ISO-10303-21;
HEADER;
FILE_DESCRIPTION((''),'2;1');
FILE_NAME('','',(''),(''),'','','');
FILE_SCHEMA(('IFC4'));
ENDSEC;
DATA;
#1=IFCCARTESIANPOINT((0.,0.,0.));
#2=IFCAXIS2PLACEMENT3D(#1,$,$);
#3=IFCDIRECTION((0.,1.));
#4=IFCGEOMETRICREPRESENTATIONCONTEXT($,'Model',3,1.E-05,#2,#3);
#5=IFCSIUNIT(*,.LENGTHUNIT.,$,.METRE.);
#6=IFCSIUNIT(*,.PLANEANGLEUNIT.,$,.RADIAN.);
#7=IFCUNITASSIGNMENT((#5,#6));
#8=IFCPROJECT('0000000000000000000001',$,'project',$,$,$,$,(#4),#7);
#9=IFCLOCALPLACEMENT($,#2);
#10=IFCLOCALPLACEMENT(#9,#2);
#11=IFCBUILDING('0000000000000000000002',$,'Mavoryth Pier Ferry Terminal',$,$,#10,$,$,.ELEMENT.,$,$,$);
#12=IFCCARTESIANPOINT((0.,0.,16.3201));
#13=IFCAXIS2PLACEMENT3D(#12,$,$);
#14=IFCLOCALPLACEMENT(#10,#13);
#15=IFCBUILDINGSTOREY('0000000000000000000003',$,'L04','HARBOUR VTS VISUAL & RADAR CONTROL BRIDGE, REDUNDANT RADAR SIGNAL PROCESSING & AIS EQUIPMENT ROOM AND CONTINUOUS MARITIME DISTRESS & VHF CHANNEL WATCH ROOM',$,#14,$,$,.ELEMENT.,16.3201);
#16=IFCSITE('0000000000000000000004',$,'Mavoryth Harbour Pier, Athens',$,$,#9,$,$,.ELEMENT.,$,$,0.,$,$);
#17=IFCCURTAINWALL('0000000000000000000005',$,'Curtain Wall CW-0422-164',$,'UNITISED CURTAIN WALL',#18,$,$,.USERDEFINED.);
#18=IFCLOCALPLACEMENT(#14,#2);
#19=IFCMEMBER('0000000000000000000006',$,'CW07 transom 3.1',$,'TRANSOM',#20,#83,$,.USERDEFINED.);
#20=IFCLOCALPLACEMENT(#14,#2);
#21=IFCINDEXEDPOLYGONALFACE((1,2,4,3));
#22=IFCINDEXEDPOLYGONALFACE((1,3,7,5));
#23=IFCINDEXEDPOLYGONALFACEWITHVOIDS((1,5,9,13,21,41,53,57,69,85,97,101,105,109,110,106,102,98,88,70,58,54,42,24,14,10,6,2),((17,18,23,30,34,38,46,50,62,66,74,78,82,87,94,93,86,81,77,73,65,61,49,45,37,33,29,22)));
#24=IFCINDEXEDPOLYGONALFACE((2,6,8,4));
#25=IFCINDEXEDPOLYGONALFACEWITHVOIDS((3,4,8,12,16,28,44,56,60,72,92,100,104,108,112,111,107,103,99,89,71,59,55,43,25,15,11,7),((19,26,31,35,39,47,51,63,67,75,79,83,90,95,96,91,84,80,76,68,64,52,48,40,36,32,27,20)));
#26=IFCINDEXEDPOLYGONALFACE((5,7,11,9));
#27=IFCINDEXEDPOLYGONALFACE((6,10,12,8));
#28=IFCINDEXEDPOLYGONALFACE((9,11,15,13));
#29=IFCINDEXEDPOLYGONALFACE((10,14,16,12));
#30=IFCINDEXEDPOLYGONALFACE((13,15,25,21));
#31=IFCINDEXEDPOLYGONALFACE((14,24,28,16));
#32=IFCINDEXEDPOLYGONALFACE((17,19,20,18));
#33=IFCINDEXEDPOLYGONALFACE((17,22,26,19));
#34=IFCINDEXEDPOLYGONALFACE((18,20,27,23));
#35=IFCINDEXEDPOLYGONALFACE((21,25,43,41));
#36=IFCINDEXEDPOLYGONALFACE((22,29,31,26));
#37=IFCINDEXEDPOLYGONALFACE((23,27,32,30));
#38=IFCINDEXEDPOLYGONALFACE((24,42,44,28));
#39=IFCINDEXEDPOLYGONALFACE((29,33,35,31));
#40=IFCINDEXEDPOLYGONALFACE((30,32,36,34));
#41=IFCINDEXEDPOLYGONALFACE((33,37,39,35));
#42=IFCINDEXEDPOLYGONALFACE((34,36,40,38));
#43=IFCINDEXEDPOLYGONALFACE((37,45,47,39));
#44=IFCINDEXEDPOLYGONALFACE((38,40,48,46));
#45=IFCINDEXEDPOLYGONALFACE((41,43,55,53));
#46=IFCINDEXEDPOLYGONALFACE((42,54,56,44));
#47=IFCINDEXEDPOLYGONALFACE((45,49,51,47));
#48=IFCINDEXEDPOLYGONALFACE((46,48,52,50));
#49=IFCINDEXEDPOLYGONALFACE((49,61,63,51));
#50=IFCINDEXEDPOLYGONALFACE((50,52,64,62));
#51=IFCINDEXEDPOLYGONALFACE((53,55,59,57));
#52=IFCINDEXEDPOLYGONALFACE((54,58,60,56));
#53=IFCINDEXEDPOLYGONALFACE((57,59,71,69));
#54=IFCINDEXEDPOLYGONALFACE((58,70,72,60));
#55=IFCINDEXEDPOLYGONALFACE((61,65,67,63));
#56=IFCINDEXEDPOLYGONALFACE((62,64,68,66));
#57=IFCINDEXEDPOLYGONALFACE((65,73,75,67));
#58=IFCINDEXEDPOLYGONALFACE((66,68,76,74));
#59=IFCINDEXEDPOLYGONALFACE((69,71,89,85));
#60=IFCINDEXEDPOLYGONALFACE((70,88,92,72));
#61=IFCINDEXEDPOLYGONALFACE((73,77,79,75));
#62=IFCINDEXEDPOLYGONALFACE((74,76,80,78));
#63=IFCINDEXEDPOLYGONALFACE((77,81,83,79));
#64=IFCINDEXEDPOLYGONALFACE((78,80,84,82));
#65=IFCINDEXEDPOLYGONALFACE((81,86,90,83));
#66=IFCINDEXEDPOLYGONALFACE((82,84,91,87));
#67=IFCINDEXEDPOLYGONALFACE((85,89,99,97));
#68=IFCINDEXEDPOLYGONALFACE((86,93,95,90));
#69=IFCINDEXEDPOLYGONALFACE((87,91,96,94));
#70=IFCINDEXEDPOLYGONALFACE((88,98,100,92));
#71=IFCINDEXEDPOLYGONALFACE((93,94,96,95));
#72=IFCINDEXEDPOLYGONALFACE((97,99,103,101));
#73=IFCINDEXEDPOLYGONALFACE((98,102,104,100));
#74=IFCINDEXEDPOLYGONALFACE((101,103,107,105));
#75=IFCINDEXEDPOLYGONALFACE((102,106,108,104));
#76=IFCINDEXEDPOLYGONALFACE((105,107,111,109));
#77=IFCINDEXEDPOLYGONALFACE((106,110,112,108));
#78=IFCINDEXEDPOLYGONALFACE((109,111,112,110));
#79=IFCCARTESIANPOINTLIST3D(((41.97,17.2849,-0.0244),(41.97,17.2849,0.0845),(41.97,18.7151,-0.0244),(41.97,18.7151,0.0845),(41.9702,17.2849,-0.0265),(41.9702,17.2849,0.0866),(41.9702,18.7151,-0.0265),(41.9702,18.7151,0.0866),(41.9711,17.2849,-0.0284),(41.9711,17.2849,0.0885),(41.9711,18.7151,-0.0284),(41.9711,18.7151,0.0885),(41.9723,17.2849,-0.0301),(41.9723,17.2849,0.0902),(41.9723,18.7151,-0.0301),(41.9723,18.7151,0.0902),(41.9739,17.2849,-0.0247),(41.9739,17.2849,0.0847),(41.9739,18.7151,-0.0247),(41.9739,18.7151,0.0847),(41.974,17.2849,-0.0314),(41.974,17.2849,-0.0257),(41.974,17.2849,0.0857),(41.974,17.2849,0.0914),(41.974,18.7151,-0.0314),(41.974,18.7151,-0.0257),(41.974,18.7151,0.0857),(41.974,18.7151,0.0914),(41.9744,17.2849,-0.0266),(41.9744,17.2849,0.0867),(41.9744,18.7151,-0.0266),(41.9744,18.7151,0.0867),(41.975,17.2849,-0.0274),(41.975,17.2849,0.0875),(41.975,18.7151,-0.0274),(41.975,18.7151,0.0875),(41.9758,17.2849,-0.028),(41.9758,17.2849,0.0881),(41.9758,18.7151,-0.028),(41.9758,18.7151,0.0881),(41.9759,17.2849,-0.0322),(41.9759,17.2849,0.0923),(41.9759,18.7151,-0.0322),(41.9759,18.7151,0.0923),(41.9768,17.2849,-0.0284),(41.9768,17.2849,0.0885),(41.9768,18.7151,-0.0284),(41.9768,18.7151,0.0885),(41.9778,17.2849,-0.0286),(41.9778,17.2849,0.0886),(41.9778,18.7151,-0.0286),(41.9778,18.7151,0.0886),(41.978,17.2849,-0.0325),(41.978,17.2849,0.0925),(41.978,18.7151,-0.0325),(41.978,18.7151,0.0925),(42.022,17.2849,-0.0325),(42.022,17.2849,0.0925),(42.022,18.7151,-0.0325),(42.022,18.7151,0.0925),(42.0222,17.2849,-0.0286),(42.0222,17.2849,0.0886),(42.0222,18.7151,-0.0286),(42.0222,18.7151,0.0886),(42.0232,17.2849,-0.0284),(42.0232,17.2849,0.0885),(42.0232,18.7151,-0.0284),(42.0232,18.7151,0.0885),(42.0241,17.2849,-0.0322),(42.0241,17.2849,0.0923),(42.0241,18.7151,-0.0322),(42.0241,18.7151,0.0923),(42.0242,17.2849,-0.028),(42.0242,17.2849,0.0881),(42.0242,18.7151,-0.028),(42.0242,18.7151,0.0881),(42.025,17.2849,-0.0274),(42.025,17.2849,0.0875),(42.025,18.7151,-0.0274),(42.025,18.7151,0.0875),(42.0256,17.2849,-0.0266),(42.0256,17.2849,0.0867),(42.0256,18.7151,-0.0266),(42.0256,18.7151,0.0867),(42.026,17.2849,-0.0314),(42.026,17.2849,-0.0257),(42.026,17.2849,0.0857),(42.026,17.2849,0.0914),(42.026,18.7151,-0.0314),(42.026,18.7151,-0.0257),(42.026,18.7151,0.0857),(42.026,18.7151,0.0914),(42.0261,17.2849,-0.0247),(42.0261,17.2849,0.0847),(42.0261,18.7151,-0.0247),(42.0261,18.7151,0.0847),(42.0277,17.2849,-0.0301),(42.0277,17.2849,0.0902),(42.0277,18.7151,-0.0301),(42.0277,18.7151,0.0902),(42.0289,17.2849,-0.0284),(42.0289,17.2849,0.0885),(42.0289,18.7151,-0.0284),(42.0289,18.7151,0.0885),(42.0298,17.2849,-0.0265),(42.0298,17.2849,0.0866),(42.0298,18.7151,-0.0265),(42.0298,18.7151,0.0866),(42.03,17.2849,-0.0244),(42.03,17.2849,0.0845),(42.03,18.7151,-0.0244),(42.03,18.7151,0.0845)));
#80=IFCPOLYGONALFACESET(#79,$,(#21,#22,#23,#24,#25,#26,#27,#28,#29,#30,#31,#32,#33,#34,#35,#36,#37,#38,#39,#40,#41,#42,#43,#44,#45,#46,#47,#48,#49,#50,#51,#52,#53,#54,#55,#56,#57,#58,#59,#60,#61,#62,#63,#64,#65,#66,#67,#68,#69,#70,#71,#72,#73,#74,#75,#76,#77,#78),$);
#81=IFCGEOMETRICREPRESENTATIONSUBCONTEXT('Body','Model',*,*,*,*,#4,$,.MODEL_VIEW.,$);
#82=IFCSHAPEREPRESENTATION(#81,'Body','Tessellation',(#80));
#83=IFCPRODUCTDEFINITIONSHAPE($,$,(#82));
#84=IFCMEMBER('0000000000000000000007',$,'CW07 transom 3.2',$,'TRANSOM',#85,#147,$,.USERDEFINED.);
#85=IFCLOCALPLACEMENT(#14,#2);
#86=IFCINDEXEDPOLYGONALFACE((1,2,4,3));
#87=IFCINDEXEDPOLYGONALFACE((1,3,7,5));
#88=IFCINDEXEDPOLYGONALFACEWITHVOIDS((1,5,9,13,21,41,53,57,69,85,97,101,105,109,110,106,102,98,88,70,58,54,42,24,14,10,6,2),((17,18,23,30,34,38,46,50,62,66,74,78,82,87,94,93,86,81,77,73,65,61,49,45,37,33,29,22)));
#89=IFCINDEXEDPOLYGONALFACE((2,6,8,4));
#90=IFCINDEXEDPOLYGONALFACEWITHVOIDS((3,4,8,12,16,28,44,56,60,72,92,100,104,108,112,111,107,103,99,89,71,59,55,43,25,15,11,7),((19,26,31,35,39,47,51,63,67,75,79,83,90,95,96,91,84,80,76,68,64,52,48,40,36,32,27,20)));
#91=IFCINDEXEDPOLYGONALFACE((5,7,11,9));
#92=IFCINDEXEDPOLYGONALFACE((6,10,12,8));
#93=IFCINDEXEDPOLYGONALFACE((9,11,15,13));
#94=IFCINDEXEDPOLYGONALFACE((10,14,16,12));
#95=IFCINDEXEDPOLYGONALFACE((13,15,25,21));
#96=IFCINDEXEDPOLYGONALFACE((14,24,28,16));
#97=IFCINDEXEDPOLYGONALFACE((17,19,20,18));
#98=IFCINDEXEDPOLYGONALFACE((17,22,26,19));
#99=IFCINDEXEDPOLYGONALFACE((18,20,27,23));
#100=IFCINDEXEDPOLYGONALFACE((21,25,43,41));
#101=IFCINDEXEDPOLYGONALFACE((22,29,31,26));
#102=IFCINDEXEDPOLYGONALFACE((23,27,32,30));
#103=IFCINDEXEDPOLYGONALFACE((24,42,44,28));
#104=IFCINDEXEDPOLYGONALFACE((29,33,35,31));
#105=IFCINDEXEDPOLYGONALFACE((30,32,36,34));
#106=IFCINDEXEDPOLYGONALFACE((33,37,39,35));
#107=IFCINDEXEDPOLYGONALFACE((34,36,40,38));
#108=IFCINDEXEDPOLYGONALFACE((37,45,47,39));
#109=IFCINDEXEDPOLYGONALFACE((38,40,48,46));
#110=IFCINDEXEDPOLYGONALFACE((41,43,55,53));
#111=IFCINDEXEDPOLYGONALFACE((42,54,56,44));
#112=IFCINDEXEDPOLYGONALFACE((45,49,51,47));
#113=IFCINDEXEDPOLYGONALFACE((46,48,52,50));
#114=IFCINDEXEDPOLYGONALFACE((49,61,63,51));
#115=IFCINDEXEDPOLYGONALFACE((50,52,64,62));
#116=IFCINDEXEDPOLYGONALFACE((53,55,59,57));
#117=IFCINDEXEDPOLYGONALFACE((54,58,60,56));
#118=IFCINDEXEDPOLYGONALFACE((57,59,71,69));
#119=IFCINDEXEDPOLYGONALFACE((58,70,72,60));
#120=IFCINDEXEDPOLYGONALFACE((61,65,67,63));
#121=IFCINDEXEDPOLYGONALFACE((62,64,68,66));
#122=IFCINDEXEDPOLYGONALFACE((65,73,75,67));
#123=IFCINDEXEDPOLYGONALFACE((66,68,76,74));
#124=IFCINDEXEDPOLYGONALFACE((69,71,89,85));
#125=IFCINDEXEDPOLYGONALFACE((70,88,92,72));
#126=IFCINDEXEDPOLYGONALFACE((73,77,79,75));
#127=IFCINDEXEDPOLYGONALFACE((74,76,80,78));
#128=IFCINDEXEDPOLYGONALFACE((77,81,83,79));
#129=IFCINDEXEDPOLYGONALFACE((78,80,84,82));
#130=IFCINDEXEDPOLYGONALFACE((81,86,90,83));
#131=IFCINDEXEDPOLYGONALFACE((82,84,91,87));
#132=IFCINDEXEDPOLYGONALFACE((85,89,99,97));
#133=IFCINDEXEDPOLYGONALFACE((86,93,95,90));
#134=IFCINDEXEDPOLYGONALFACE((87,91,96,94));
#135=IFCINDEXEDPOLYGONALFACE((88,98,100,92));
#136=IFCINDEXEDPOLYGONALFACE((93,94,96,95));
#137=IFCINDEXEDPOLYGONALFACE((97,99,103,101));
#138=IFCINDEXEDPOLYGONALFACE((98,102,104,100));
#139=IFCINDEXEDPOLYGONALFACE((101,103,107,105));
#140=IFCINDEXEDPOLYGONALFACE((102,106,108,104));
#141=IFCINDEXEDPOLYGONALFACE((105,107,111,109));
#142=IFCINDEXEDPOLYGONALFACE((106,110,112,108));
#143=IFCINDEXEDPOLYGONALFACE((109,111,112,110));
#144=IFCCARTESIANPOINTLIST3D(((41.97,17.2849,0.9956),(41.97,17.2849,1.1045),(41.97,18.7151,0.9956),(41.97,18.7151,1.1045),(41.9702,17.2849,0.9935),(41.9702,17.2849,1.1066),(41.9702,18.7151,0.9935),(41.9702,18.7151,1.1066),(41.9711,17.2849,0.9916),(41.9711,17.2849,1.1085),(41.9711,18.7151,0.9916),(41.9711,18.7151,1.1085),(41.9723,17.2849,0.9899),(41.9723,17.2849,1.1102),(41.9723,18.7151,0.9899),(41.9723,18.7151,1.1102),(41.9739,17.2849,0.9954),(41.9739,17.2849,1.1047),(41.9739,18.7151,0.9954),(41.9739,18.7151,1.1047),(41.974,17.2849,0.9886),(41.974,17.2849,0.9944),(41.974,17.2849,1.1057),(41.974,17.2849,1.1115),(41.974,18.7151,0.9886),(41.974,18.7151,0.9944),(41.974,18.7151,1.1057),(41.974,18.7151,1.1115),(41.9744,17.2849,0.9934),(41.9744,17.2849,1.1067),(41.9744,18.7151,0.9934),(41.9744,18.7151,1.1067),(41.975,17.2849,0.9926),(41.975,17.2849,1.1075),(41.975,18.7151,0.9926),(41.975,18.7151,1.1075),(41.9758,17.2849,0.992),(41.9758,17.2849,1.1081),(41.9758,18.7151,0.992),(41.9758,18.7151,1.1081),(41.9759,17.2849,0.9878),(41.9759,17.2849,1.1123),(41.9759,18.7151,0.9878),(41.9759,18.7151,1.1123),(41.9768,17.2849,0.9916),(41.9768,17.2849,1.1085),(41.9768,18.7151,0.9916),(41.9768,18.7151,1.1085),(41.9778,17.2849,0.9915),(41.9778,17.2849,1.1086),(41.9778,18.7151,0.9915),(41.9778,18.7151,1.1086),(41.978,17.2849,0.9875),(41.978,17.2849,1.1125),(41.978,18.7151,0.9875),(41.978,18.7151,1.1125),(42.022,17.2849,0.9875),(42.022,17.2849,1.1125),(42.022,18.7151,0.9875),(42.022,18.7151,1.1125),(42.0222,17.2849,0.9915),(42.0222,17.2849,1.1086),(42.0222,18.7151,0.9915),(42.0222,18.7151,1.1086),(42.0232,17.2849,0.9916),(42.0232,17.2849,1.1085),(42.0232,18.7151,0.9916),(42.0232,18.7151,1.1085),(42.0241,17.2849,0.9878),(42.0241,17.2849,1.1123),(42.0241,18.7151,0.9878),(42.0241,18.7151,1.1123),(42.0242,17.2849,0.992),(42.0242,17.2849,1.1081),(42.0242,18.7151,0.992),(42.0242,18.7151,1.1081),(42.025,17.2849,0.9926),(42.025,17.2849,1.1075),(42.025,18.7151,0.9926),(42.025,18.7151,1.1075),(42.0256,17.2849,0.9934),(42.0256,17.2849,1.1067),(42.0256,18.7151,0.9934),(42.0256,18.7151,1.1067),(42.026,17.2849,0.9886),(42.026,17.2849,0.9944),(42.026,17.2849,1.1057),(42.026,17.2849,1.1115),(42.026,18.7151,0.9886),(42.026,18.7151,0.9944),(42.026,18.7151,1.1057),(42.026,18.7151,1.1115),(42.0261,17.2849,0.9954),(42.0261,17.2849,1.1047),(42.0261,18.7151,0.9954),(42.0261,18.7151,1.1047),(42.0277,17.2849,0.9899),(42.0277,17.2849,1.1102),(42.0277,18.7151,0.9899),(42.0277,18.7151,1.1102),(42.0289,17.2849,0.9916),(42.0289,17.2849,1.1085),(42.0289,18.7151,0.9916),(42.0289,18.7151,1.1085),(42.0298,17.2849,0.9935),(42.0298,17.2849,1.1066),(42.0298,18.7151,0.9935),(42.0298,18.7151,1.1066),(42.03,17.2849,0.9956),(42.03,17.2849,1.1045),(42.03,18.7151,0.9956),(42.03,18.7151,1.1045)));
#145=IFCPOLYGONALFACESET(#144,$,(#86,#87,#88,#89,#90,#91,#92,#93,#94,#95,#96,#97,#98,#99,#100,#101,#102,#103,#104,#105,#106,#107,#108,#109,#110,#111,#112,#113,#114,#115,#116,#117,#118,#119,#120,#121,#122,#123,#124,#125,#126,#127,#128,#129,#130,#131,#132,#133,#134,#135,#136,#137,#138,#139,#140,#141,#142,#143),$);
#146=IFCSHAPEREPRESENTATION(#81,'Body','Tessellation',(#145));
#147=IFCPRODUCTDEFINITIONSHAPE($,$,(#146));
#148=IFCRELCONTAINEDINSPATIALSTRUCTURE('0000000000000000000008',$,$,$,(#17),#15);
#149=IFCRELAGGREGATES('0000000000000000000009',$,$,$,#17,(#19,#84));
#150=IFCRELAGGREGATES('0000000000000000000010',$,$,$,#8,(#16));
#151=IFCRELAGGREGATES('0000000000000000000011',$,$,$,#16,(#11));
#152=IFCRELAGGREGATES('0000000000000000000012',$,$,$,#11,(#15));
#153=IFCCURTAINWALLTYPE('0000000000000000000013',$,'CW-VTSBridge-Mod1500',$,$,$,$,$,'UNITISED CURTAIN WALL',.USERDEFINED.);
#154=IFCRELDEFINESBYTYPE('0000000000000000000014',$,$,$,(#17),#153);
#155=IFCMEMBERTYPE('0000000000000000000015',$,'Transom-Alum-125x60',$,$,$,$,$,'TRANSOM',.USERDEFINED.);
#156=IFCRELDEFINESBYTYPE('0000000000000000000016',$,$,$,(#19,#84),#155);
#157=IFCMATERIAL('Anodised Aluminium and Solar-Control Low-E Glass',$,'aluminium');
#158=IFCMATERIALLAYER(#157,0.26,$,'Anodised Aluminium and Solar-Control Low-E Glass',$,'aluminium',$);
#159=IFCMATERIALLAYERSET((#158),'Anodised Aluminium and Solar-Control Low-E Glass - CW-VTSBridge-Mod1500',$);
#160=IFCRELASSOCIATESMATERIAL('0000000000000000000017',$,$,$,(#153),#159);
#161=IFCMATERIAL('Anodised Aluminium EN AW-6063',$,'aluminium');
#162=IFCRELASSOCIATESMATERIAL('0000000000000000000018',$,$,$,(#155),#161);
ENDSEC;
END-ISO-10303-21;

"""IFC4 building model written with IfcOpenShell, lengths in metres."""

from ifc_helpers import new_model, si_unit, direction, frame, origin, origin_2d, place, context, subcontext, project, spatial, hollow_rectangle, extrude, material, layer, layer_set, material_profile, profile_set, type_object, element, aggregate, save


model = new_model("IFC4")

# Units and contexts
model_context = context("Model", 3, precision=1e-05, world=origin(), true_north=direction((0.0, 1.0)))
body_context = subcontext(model_context, "Body", "Model", "MODEL_VIEW")
ifc_project = project(units=[si_unit("LENGTHUNIT", "METRE"), si_unit("PLANEANGLEUNIT", "RADIAN")], contexts=[model_context])

# Site, building, storey
site_placement = place(None, origin())
site = spatial("IfcSite", under=ifc_project, at=site_placement, Name="Mavoryth Harbour Pier, Athens", CompositionType="ELEMENT", RefElevation=0.0)
building_placement = place(site_placement, origin())
building = spatial("IfcBuilding", under=site, at=building_placement, Name="Mavoryth Pier Ferry Terminal", CompositionType="ELEMENT")
storey_placement = place(building_placement, frame((0.0, 0.0, 16.3201)))
storey = spatial("IfcBuildingStorey", under=building, at=storey_placement, Name="L04", Description="HARBOUR VTS VISUAL & RADAR CONTROL BRIDGE, REDUNDANT RADAR SIGNAL PROCESSING & AIS EQUIPMENT ROOM AND CONTINUOUS MARITIME DISTRESS & VHF CHANNEL WATCH ROOM", CompositionType="ELEMENT", Elevation=16.3201)

# Curtain wall, members
ifc_material_1 = material(Name="Anodised Aluminium and Solar-Control Low-E Glass", Category="aluminium")
ifc_layer_1 = layer(ifc_material_1, 0.26, Name="Anodised Aluminium and Solar-Control Low-E Glass", Category="aluminium")
ifc_layer_set_1 = layer_set([ifc_layer_1], Name="Anodised Aluminium and Solar-Control Low-E Glass - CW-VTSBridge-Mod1500")
curtain_wall_type = type_object("IfcCurtainWallType", Name="CW-VTSBridge-Mod1500", ElementType="UNITISED CURTAIN WALL", PredefinedType="USERDEFINED", material=ifc_layer_set_1)
curtain_wall_placement = place(storey_placement, origin())
curtain_wall = element("IfcCurtainWall", 1, at=curtain_wall_placement, inside=storey, type_object=curtain_wall_type, Name="Curtain Wall CW-0422-164", ObjectType="UNITISED CURTAIN WALL", PredefinedType="USERDEFINED")
ifc_material_2 = material(Name="Anodised Aluminium EN AW-6063", Category="aluminium")
ifc_material_profile_1 = material_profile(ifc_material_2, hollow_rectangle(XDim=0.0601, YDim=0.125, WallThickness=0.0039, InnerFilletRadius=0.0039, OuterFilletRadius=0.0081, at=origin_2d()), Name="AL-TRAN 125x60x4", Category="aluminium")
ifc_profile_set_1 = profile_set([ifc_material_profile_1], Name="Anodised Aluminium EN AW-6063 - AL-TRAN 125x60x4")
member_type_1 = type_object("IfcMemberType", Name="Transom-Alum-125x60", ElementType="TRANSOM", PredefinedType="USERDEFINED", material=ifc_profile_set_1)
member_1_placement = place(storey_placement, frame((42.0, 18.7151, 0.03), z_axis=(0.0, -1.0, 0.0), x_axis=(1.0, 0.0, 0.0)))
member_1 = element("IfcMember", 2, at=member_1_placement, type_object=member_type_1, Name="CW07 transom 3.1", ObjectType="TRANSOM", PredefinedType="USERDEFINED", context=body_context, shape_type="SweptSolid", body=[
    extrude(hollow_rectangle(XDim=0.0601, YDim=0.125, WallThickness=0.0039, InnerFilletRadius=0.0039, OuterFilletRadius=0.0081, at=origin_2d()), origin(), (0.0, 0.0, 1.0), 1.4302),
])
member_2_placement = place(storey_placement, frame((42.0, 18.7151, 1.05), z_axis=(0.0, -1.0, 0.0), x_axis=(1.0, 0.0, 0.0)))
member_2 = element("IfcMember", 3, at=member_2_placement, type_object=member_type_1, Name="CW07 transom 3.2", ObjectType="TRANSOM", PredefinedType="USERDEFINED", context=body_context, shape_type="SweptSolid", body=[
    extrude(hollow_rectangle(XDim=0.0601, YDim=0.125, WallThickness=0.0039, InnerFilletRadius=0.0039, OuterFilletRadius=0.0081, at=origin_2d()), origin(), (0.0, 0.0, 1.0), 1.4302),
])
aggregate(curtain_wall, [member_1, member_2])

save(model, "model.ifc")
